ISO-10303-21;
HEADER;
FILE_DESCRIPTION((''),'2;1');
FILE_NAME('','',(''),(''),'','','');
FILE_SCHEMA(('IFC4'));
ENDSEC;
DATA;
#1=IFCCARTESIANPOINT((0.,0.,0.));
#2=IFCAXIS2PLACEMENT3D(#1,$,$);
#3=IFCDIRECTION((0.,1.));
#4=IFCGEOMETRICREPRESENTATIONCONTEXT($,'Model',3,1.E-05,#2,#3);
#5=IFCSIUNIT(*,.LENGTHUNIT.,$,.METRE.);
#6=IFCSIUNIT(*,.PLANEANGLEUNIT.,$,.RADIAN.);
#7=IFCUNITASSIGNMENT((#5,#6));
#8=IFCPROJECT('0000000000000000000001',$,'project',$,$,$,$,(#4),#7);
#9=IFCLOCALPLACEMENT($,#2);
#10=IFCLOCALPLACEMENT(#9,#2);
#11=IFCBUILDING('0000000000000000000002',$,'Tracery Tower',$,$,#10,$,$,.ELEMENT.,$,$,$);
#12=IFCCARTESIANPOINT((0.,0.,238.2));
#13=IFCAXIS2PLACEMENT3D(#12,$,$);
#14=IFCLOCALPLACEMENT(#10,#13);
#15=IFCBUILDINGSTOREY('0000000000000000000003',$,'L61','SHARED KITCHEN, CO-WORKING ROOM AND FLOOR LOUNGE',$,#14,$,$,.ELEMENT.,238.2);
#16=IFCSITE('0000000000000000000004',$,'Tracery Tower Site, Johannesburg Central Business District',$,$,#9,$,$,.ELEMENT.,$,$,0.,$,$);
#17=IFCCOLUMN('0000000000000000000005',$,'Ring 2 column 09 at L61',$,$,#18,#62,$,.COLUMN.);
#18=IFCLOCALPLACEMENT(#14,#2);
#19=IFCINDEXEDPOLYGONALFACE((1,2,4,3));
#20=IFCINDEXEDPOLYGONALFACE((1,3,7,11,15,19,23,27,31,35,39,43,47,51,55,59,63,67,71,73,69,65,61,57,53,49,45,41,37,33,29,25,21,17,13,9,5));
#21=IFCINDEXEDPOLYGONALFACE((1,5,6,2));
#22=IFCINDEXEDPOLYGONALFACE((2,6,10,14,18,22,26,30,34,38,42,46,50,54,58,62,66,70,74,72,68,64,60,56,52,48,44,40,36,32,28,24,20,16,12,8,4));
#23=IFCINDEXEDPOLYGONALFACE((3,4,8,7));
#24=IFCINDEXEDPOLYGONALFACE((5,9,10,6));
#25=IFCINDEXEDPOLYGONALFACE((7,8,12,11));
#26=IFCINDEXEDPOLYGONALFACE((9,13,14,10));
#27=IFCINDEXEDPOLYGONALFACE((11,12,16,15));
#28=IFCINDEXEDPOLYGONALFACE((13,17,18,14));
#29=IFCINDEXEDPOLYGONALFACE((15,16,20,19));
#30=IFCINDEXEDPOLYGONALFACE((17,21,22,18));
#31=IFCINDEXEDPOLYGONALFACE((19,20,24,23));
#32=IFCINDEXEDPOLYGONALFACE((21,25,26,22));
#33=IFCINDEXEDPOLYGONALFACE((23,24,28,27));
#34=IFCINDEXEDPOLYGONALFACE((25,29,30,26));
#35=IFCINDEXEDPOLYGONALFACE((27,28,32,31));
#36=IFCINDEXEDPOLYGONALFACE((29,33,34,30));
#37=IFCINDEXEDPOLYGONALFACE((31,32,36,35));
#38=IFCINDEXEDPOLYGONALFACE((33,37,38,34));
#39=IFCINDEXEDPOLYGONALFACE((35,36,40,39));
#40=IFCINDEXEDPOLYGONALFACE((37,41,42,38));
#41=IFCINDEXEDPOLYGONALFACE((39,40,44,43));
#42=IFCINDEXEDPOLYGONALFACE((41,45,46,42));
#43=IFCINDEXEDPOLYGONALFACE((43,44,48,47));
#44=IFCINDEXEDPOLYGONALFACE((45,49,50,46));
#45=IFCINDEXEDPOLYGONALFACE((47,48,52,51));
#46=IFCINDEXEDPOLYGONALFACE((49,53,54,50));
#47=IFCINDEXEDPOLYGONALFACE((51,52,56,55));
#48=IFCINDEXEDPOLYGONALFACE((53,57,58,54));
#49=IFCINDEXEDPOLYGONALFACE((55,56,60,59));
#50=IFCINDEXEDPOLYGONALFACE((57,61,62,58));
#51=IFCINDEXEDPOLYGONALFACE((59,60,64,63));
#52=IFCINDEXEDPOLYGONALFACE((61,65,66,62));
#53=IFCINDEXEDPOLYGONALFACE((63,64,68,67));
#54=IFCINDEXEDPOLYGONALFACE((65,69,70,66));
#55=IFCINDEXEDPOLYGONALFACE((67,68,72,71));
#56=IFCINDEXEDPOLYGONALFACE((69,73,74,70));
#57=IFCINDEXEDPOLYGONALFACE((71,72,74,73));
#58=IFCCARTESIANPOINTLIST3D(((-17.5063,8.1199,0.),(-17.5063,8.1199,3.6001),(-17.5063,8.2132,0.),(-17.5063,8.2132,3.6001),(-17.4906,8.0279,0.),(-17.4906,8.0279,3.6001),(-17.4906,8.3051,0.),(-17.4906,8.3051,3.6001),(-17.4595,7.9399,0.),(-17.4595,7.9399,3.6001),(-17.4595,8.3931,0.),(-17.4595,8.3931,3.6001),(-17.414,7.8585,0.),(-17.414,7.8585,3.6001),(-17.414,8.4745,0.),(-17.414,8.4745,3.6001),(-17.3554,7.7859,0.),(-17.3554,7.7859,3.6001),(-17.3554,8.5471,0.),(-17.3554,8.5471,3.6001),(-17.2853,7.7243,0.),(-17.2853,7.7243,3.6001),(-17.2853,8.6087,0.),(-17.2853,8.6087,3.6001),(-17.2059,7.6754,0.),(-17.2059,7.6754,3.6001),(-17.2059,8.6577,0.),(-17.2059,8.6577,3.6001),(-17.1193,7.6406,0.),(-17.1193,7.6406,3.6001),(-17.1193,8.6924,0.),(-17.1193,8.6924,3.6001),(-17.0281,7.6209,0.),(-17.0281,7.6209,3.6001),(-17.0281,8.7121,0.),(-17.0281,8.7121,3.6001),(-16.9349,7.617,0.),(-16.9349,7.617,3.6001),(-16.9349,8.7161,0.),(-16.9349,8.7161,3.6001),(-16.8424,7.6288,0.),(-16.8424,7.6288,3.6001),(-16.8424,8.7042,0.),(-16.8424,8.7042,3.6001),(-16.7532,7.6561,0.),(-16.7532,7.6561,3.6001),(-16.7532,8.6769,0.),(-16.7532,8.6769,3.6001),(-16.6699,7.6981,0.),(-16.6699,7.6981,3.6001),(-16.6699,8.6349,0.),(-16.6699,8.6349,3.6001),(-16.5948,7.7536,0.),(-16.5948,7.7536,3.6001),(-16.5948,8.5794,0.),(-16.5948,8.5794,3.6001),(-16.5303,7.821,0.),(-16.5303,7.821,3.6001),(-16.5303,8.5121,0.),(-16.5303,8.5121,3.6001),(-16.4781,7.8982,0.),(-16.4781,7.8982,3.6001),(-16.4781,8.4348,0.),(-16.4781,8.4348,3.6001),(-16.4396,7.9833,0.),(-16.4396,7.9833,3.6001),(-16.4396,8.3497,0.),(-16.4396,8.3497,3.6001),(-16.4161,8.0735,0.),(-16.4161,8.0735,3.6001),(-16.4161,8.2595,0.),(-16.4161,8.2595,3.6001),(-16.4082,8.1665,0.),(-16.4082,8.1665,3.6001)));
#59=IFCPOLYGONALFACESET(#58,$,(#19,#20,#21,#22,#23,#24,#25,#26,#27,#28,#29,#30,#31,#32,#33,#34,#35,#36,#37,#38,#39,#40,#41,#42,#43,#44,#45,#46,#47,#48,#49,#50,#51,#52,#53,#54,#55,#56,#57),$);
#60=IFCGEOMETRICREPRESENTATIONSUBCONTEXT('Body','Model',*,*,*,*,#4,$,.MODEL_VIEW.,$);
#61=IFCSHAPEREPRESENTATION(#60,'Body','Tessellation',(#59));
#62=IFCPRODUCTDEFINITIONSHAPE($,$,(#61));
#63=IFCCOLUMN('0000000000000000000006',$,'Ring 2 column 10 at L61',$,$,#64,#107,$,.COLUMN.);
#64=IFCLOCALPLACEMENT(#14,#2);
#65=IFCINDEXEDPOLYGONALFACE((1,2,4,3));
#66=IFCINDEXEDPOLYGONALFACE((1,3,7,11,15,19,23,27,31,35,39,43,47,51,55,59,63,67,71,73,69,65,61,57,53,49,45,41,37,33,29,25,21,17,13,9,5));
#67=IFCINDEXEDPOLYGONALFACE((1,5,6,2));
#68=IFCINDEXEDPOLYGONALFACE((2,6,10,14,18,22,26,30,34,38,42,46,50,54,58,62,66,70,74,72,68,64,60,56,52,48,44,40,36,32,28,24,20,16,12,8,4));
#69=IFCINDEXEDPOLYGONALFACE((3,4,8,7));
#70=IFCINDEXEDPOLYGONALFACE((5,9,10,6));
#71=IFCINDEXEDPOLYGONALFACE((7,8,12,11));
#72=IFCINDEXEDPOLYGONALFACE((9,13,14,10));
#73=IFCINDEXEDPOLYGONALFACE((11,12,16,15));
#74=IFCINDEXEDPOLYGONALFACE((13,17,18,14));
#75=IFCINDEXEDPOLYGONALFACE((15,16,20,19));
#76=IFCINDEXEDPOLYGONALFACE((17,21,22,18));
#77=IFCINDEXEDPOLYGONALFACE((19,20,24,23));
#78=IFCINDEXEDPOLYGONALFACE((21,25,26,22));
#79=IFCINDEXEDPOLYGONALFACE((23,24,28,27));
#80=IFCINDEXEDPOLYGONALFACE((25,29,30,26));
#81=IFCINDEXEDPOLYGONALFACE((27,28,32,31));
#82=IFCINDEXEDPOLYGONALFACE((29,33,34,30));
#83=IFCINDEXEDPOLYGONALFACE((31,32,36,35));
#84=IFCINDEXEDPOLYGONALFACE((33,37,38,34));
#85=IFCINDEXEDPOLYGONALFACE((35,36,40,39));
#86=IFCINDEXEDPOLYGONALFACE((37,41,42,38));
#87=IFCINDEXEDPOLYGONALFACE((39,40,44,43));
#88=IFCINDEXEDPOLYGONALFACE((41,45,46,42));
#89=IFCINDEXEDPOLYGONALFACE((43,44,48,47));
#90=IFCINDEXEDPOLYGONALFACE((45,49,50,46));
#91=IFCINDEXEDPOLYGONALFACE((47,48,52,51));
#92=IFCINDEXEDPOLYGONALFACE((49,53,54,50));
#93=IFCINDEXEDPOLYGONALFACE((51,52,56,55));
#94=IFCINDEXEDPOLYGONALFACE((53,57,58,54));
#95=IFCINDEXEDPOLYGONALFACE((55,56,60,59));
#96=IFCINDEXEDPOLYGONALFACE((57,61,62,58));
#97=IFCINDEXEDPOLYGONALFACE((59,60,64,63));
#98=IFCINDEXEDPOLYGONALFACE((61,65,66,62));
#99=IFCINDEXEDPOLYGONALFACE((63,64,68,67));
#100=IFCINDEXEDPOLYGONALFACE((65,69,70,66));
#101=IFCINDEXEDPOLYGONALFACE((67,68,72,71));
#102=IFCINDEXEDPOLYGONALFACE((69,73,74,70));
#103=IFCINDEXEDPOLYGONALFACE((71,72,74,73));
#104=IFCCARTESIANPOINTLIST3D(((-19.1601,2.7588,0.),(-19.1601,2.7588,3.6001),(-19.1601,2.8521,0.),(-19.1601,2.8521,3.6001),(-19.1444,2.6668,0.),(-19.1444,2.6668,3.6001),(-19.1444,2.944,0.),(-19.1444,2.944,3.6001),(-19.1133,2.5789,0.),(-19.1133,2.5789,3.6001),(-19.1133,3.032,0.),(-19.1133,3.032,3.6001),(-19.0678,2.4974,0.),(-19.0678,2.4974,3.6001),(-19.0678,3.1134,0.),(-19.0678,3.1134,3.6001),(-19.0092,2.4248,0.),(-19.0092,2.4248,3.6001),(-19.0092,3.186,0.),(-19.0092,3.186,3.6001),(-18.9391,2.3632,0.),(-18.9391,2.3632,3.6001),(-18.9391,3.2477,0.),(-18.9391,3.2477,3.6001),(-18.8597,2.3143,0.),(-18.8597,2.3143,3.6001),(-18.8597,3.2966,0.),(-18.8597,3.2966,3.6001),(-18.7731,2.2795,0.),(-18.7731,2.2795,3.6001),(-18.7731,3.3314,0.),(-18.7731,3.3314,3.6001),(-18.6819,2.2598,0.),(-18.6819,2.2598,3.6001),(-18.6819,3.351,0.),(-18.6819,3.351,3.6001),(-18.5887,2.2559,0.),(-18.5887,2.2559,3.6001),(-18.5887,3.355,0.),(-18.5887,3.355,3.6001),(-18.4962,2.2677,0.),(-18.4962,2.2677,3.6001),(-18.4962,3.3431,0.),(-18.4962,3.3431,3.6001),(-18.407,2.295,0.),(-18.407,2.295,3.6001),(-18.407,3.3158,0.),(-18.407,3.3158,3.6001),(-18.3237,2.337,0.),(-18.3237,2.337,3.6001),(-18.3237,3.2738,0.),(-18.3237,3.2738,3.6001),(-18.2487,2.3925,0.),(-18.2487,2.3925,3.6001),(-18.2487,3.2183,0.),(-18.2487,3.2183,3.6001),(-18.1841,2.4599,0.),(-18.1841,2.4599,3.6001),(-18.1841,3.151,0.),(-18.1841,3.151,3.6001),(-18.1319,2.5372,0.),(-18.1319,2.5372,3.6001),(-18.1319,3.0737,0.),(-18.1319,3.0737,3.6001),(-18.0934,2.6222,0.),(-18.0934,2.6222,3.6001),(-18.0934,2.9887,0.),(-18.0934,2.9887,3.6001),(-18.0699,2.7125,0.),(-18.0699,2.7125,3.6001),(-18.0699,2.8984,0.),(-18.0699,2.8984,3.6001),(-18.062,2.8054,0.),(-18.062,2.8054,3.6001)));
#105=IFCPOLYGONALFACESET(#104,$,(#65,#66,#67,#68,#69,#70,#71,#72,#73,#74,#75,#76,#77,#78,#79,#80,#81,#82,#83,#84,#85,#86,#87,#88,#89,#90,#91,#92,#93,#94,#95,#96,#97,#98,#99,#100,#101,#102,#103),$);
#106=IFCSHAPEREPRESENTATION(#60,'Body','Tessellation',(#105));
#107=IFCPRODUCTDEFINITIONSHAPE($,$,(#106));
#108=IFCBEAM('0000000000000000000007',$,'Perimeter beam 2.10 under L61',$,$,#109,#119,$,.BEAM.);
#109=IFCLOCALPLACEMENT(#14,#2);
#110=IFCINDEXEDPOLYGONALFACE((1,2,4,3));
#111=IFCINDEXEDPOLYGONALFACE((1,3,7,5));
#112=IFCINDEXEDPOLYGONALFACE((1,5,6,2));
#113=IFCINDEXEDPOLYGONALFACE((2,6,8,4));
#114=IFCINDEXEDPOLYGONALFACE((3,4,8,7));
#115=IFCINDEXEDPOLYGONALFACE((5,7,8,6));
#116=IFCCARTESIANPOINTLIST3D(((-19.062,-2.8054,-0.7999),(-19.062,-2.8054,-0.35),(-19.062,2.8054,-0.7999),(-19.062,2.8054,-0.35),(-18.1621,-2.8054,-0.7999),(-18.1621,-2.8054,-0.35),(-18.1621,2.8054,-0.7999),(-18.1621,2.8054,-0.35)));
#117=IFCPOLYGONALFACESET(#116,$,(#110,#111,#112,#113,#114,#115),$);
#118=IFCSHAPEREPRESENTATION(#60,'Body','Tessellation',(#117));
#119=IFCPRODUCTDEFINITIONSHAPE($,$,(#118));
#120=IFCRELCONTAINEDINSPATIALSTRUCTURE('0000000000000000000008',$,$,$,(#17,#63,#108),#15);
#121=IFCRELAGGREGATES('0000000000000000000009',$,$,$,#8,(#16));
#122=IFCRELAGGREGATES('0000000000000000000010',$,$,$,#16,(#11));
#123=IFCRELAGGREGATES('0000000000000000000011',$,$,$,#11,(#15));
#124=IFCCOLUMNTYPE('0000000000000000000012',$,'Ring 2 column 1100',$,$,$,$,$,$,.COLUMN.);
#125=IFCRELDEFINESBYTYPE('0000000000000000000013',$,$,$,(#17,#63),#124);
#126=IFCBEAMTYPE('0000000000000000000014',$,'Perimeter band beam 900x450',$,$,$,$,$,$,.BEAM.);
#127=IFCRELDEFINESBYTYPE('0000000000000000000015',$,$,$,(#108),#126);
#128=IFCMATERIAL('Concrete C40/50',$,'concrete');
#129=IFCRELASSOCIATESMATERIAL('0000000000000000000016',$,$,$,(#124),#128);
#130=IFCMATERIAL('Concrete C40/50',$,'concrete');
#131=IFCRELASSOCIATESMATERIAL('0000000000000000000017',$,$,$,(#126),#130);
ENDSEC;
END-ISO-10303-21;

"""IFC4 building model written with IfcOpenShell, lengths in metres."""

from ifc_helpers import new_model, si_unit, direction, frame, origin, origin_2d, place, context, subcontext, project, spatial, rectangle, circle, extrude, material, material_profile, profile_set, type_object, element, save


model = new_model("IFC4")

# Units and contexts
model_context = context("Model", 3, precision=1e-05, world=origin(), true_north=direction((0.0, 1.0)))
body_context = subcontext(model_context, "Body", "Model", "MODEL_VIEW")
ifc_project = project(units=[si_unit("LENGTHUNIT", "METRE"), si_unit("PLANEANGLEUNIT", "RADIAN")], contexts=[model_context])

# Site, building, storey
site_placement = place(None, origin())
site = spatial("IfcSite", under=ifc_project, at=site_placement, Name="Tracery Tower Site, Johannesburg Central Business District", CompositionType="ELEMENT", RefElevation=0.0)
building_placement = place(site_placement, origin())
building = spatial("IfcBuilding", under=site, at=building_placement, Name="Tracery Tower", CompositionType="ELEMENT")
storey_placement = place(building_placement, frame((0.0, 0.0, 238.2)))
storey = spatial("IfcBuildingStorey", under=building, at=storey_placement, Name="L61", Description="SHARED KITCHEN, CO-WORKING ROOM AND FLOOR LOUNGE", CompositionType="ELEMENT", Elevation=238.2)

# Columns
ifc_material_1 = material(Name="Concrete C40/50", Category="concrete")
ifc_material_profile_1 = material_profile(ifc_material_1, circle(Radius=0.55, at=origin_2d()), Name="RC D1100")
ifc_profile_set_1 = profile_set([ifc_material_profile_1], Name="Concrete C40/50")
column_type = type_object("IfcColumnType", Name="Ring 2 column 1100", PredefinedType="COLUMN", material=ifc_profile_set_1)
for number, where, z_axis, x_axis, name in (
    (1, (-16.9583, 8.1665, 0.0), (0.0, 0.0, 1.0), (1.0, 0.0, 0.0), "Ring 2 column 09 at L61"),
    (2, (-18.6121, 2.8054, 0.0), (0.0, 0.0, 1.0), (1.0, 0.0, 0.0), "Ring 2 column 10 at L61"),
):
    element("IfcColumn", number, at=place(storey_placement, frame(where, z_axis=z_axis, x_axis=x_axis)), inside=storey, type_object=column_type, Name=name, PredefinedType="COLUMN", context=body_context, shape_type="SweptSolid", body=[
        extrude(circle(Radius=0.55, at=origin_2d()), origin(), (0.0, 0.0, 1.0), 3.6001),
    ])

# Beam
ifc_material_2 = material(Name="Concrete C40/50", Category="concrete")
ifc_material_profile_2 = material_profile(ifc_material_2, rectangle(XDim=0.8999, YDim=0.45, at=origin_2d()), Name="RC 900x450")
ifc_profile_set_2 = profile_set([ifc_material_profile_2], Name="Concrete C40/50")
beam_type = type_object("IfcBeamType", Name="Perimeter band beam 900x450", PredefinedType="BEAM", material=ifc_profile_set_2)
beam_placement = place(storey_placement, frame((-18.6121, 2.8054, -0.575), z_axis=(0.0, -1.0, 0.0), x_axis=(1.0, 0.0, 0.0)))
element("IfcBeam", 3, at=beam_placement, inside=storey, type_object=beam_type, Name="Perimeter beam 2.10 under L61", PredefinedType="BEAM", context=body_context, shape_type="SweptSolid", body=[
    extrude(rectangle(XDim=0.8999, YDim=0.45, at=origin_2d()), origin(), (0.0, 0.0, 1.0), 5.6108),
])

save(model, "model.ifc")
